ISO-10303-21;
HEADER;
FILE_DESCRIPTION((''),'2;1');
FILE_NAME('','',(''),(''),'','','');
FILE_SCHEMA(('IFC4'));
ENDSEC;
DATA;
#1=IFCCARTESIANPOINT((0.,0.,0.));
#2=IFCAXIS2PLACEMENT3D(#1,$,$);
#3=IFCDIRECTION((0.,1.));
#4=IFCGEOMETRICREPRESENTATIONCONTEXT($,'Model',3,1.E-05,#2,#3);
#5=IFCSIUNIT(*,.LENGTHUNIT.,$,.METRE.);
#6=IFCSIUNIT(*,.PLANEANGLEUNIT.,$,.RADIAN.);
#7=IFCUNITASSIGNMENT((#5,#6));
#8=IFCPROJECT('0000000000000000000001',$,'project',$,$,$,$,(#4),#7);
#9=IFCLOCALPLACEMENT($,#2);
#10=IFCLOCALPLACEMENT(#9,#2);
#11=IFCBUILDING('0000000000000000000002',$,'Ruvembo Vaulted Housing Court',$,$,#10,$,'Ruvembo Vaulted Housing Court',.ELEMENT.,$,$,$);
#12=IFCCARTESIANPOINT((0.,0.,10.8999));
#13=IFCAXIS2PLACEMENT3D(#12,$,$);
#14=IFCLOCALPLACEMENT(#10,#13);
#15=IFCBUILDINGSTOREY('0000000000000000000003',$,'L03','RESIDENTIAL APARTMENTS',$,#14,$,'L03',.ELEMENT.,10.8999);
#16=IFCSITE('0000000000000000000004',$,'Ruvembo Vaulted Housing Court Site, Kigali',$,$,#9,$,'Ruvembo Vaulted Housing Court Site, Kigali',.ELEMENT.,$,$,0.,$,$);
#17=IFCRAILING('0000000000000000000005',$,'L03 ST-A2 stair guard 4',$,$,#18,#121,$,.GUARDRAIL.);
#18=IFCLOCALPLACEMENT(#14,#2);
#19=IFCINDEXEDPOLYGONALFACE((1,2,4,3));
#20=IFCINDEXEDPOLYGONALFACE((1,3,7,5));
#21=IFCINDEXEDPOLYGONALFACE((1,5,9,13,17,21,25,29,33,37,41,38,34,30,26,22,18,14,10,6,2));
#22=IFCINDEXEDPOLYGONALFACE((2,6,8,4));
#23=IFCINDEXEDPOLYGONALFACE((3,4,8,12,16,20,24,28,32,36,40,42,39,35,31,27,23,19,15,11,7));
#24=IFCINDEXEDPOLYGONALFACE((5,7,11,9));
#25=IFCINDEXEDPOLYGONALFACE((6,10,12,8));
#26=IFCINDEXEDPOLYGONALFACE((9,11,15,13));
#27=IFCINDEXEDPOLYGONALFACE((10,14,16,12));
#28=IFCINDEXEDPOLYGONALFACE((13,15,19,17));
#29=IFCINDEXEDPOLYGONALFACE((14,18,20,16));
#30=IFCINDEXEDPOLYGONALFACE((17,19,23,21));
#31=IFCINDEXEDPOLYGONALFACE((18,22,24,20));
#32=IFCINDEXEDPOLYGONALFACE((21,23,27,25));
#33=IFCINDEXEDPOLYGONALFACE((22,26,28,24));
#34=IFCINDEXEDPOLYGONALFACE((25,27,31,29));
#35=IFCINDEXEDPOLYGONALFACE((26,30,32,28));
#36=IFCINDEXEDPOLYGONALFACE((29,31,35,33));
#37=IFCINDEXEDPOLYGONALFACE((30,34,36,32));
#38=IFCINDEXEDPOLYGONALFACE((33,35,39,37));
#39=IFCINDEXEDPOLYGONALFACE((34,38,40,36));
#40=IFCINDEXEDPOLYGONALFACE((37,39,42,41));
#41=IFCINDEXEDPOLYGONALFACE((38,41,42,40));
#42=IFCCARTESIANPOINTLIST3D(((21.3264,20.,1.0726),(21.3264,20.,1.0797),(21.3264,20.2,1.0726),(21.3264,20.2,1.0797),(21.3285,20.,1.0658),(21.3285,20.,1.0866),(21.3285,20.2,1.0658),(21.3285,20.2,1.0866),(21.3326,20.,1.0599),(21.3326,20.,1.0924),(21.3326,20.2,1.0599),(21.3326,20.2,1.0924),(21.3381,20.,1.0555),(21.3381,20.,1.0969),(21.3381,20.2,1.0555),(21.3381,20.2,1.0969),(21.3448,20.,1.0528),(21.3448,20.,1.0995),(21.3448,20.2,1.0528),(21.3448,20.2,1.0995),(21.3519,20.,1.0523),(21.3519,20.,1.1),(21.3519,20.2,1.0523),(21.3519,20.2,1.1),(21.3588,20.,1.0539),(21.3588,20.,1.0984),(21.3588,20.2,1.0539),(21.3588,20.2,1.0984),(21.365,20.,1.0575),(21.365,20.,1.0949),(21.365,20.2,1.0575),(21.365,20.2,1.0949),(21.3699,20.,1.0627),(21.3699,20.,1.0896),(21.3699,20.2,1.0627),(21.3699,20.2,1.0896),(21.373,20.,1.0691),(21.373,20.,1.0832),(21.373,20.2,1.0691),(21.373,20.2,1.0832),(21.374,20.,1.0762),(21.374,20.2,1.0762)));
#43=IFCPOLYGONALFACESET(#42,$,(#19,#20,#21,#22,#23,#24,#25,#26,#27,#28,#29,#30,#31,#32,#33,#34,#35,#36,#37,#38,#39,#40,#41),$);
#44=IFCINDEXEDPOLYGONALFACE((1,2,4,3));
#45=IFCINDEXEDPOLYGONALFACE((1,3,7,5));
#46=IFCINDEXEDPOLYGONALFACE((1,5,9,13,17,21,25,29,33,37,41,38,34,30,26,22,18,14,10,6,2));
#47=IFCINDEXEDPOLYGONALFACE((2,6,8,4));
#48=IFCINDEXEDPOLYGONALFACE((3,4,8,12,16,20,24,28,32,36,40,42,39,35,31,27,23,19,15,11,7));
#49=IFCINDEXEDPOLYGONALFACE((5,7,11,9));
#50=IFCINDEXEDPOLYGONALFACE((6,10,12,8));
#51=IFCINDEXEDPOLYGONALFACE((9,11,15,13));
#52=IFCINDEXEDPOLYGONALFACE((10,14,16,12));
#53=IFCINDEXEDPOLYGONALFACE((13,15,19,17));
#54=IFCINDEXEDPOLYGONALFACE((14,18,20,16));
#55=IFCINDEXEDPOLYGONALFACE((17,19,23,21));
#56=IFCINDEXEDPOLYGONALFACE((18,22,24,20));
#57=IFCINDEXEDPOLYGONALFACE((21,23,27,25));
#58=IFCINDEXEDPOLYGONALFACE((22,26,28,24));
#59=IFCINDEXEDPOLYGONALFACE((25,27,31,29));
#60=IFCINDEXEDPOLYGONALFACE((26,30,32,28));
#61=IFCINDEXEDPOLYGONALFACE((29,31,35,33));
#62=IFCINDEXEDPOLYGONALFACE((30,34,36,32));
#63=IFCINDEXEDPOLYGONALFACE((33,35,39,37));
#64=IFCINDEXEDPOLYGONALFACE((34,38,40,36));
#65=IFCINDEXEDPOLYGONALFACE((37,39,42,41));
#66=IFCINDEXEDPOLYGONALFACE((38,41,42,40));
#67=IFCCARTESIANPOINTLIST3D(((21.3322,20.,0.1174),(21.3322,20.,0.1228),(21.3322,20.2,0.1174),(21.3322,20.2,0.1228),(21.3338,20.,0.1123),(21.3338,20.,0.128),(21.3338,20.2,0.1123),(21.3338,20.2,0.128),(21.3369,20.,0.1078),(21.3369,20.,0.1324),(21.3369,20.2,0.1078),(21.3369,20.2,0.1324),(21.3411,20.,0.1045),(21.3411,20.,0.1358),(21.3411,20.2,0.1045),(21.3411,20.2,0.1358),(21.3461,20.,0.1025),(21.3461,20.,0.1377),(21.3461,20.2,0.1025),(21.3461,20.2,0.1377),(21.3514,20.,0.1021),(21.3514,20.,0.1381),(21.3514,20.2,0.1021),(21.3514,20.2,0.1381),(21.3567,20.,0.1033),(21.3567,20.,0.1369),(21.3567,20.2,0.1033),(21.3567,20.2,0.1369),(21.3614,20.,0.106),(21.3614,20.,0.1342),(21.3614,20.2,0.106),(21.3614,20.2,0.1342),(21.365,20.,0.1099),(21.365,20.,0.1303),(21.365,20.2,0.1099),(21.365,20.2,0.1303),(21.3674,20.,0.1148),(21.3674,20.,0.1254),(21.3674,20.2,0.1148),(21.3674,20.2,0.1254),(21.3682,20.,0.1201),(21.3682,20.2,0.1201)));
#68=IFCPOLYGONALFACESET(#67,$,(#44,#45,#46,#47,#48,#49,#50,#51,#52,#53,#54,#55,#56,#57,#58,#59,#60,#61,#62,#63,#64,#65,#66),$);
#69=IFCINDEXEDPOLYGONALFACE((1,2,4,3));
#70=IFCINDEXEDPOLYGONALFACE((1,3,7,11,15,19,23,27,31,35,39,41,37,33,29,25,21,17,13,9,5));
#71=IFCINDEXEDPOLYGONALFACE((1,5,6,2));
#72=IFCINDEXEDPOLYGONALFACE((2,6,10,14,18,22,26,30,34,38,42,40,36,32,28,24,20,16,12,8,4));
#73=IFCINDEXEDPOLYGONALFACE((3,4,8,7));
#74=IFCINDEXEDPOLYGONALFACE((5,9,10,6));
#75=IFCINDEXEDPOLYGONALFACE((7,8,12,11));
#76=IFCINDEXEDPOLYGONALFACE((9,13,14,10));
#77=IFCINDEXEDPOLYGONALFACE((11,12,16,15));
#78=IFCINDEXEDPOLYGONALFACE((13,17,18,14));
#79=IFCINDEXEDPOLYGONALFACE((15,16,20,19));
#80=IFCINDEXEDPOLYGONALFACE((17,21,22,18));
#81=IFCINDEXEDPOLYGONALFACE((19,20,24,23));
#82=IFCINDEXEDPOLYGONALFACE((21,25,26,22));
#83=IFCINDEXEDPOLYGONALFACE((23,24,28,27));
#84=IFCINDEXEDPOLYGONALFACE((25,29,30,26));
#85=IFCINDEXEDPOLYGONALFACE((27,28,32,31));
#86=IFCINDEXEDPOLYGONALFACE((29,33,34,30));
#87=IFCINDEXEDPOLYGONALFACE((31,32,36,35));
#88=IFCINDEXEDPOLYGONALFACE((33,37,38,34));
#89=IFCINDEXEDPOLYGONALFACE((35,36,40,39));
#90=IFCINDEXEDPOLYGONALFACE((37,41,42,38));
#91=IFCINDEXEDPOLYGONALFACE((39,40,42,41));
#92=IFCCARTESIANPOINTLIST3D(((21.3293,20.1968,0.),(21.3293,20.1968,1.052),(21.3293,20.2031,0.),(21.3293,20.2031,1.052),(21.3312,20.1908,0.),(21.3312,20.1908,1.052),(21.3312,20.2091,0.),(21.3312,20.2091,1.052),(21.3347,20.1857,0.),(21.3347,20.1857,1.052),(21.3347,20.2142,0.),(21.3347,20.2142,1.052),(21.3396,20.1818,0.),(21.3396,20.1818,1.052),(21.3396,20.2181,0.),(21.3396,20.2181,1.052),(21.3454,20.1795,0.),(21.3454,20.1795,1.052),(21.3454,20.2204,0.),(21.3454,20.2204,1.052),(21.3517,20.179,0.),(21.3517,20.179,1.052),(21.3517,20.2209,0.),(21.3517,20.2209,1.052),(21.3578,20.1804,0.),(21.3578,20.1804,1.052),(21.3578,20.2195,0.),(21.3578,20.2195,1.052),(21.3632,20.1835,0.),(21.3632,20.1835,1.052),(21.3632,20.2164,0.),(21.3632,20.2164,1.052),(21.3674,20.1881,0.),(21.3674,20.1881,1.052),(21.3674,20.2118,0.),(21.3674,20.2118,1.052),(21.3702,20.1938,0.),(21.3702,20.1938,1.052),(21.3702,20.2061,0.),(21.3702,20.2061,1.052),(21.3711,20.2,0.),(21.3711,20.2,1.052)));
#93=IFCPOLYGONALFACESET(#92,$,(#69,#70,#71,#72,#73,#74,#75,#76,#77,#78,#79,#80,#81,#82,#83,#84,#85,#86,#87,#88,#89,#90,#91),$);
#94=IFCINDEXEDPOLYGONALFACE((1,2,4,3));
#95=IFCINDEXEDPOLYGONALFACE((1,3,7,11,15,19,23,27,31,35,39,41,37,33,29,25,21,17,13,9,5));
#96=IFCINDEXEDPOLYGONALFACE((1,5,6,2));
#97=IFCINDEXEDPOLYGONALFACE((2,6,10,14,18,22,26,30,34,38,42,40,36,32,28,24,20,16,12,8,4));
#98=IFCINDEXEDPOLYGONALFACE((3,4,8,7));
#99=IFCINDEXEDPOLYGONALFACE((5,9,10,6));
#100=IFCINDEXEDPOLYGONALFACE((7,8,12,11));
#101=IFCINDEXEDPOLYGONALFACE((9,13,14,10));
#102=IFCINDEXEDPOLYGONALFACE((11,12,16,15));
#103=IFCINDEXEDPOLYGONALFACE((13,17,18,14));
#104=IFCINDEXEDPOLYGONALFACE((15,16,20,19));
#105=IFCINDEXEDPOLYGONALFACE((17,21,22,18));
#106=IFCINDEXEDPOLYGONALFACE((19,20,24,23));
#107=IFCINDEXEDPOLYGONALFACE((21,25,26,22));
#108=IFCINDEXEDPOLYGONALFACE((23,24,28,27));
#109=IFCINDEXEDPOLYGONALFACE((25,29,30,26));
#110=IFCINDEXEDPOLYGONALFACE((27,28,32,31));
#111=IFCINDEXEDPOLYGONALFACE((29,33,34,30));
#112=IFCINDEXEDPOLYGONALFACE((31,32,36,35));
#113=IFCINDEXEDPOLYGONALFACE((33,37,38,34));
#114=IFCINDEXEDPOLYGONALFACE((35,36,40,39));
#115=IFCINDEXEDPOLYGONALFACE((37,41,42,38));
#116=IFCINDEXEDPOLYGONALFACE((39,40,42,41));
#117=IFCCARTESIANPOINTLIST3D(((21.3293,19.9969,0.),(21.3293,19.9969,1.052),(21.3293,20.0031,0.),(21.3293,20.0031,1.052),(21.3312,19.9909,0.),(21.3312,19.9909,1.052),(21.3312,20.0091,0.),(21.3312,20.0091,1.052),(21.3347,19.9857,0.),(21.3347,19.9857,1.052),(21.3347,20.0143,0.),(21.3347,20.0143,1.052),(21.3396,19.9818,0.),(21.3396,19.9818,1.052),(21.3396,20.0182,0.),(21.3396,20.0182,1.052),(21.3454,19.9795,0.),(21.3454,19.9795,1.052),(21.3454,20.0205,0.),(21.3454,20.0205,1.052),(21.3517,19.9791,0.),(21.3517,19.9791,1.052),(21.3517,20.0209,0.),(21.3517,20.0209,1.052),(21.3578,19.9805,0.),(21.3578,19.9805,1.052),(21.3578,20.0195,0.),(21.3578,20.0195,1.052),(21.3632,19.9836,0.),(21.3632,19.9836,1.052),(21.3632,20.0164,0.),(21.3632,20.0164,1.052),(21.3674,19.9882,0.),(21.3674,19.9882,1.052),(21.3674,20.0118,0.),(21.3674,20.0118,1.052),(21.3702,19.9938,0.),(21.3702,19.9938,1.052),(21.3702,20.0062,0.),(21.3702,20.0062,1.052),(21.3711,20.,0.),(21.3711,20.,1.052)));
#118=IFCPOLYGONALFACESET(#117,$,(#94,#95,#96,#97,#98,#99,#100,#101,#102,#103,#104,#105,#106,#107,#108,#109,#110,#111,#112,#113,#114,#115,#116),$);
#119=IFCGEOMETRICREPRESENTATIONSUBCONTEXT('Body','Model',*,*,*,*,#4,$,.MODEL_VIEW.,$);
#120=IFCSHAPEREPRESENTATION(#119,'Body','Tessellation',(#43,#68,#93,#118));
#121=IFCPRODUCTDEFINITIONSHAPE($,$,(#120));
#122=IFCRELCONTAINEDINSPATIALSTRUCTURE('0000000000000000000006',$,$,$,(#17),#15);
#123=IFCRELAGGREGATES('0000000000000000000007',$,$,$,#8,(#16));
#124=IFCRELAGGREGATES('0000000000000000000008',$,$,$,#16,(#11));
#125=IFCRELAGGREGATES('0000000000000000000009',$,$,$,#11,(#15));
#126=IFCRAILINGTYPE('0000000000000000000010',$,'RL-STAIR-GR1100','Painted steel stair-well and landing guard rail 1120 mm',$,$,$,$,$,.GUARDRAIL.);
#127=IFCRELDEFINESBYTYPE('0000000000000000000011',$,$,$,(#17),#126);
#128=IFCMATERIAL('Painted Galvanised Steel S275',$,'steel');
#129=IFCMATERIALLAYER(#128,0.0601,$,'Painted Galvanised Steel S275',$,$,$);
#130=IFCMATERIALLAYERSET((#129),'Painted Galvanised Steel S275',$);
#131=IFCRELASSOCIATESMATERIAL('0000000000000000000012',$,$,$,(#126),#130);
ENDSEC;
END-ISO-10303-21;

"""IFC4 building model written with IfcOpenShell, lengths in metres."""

from ifc_helpers import new_model, si_unit, direction, frame, origin, origin_2d, place, context, subcontext, project, spatial, circle, extrude, material, layer, layer_set, type_object, element, save


model = new_model("IFC4")

# Units and contexts
model_context = context("Model", 3, precision=1e-05, world=origin(), true_north=direction((0.0, 1.0)))
body_context = subcontext(model_context, "Body", "Model", "MODEL_VIEW")
ifc_project = project(units=[si_unit("LENGTHUNIT", "METRE"), si_unit("PLANEANGLEUNIT", "RADIAN")], contexts=[model_context])

# Site, building, storey
site_placement = place(None, origin())
site = spatial("IfcSite", under=ifc_project, at=site_placement, Name="Ruvembo Vaulted Housing Court Site, Kigali", LongName="Ruvembo Vaulted Housing Court Site, Kigali", CompositionType="ELEMENT", RefElevation=0.0)
building_placement = place(site_placement, origin())
building = spatial("IfcBuilding", under=site, at=building_placement, Name="Ruvembo Vaulted Housing Court", LongName="Ruvembo Vaulted Housing Court", CompositionType="ELEMENT")
storey_placement = place(building_placement, frame((0.0, 0.0, 10.8999)))
storey = spatial("IfcBuildingStorey", under=building, at=storey_placement, Name="L03", Description="RESIDENTIAL APARTMENTS", LongName="L03", CompositionType="ELEMENT", Elevation=10.8999)

# Railing
ifc_material_1 = material(Name="Painted Galvanised Steel S275", Category="steel")
ifc_layer_1 = layer(ifc_material_1, 0.0601, Name="Painted Galvanised Steel S275")
ifc_layer_set_1 = layer_set([ifc_layer_1], Name="Painted Galvanised Steel S275")
railing_type = type_object("IfcRailingType", Name="RL-STAIR-GR1100", Description="Painted steel stair-well and landing guard rail 1120 mm", PredefinedType="GUARDRAIL", material=ifc_layer_set_1)
railing_placement = place(storey_placement, frame((21.3501, 20.2, 0.0)))
element("IfcRailing", 1, at=railing_placement, inside=storey, type_object=railing_type, Name="L03 ST-A2 stair guard 4", PredefinedType="GUARDRAIL", context=body_context, shape_type="SweptSolid", body=[
    extrude(circle(Radius=0.0239, at=origin_2d()), frame((0.0, 0.0, 1.0762), z_axis=(0.0, -1.0, 0.0), x_axis=(1.0, 0.0, 0.0)), (0.0, 0.0, 1.0), 0.2),
    extrude(circle(Radius=0.0181, at=origin_2d()), frame((0.0, 0.0, 0.1201), z_axis=(0.0, -1.0, 0.0), x_axis=(1.0, 0.0, 0.0)), (0.0, 0.0, 1.0), 0.2),
    extrude(circle(Radius=0.021, at=origin_2d()), origin(), (0.0, 0.0, 1.0), 1.052),
    extrude(circle(Radius=0.021, at=origin_2d()), frame((0.0, -0.2, 0.0)), (0.0, 0.0, 1.0), 1.052),
])

save(model, "model.ifc")
